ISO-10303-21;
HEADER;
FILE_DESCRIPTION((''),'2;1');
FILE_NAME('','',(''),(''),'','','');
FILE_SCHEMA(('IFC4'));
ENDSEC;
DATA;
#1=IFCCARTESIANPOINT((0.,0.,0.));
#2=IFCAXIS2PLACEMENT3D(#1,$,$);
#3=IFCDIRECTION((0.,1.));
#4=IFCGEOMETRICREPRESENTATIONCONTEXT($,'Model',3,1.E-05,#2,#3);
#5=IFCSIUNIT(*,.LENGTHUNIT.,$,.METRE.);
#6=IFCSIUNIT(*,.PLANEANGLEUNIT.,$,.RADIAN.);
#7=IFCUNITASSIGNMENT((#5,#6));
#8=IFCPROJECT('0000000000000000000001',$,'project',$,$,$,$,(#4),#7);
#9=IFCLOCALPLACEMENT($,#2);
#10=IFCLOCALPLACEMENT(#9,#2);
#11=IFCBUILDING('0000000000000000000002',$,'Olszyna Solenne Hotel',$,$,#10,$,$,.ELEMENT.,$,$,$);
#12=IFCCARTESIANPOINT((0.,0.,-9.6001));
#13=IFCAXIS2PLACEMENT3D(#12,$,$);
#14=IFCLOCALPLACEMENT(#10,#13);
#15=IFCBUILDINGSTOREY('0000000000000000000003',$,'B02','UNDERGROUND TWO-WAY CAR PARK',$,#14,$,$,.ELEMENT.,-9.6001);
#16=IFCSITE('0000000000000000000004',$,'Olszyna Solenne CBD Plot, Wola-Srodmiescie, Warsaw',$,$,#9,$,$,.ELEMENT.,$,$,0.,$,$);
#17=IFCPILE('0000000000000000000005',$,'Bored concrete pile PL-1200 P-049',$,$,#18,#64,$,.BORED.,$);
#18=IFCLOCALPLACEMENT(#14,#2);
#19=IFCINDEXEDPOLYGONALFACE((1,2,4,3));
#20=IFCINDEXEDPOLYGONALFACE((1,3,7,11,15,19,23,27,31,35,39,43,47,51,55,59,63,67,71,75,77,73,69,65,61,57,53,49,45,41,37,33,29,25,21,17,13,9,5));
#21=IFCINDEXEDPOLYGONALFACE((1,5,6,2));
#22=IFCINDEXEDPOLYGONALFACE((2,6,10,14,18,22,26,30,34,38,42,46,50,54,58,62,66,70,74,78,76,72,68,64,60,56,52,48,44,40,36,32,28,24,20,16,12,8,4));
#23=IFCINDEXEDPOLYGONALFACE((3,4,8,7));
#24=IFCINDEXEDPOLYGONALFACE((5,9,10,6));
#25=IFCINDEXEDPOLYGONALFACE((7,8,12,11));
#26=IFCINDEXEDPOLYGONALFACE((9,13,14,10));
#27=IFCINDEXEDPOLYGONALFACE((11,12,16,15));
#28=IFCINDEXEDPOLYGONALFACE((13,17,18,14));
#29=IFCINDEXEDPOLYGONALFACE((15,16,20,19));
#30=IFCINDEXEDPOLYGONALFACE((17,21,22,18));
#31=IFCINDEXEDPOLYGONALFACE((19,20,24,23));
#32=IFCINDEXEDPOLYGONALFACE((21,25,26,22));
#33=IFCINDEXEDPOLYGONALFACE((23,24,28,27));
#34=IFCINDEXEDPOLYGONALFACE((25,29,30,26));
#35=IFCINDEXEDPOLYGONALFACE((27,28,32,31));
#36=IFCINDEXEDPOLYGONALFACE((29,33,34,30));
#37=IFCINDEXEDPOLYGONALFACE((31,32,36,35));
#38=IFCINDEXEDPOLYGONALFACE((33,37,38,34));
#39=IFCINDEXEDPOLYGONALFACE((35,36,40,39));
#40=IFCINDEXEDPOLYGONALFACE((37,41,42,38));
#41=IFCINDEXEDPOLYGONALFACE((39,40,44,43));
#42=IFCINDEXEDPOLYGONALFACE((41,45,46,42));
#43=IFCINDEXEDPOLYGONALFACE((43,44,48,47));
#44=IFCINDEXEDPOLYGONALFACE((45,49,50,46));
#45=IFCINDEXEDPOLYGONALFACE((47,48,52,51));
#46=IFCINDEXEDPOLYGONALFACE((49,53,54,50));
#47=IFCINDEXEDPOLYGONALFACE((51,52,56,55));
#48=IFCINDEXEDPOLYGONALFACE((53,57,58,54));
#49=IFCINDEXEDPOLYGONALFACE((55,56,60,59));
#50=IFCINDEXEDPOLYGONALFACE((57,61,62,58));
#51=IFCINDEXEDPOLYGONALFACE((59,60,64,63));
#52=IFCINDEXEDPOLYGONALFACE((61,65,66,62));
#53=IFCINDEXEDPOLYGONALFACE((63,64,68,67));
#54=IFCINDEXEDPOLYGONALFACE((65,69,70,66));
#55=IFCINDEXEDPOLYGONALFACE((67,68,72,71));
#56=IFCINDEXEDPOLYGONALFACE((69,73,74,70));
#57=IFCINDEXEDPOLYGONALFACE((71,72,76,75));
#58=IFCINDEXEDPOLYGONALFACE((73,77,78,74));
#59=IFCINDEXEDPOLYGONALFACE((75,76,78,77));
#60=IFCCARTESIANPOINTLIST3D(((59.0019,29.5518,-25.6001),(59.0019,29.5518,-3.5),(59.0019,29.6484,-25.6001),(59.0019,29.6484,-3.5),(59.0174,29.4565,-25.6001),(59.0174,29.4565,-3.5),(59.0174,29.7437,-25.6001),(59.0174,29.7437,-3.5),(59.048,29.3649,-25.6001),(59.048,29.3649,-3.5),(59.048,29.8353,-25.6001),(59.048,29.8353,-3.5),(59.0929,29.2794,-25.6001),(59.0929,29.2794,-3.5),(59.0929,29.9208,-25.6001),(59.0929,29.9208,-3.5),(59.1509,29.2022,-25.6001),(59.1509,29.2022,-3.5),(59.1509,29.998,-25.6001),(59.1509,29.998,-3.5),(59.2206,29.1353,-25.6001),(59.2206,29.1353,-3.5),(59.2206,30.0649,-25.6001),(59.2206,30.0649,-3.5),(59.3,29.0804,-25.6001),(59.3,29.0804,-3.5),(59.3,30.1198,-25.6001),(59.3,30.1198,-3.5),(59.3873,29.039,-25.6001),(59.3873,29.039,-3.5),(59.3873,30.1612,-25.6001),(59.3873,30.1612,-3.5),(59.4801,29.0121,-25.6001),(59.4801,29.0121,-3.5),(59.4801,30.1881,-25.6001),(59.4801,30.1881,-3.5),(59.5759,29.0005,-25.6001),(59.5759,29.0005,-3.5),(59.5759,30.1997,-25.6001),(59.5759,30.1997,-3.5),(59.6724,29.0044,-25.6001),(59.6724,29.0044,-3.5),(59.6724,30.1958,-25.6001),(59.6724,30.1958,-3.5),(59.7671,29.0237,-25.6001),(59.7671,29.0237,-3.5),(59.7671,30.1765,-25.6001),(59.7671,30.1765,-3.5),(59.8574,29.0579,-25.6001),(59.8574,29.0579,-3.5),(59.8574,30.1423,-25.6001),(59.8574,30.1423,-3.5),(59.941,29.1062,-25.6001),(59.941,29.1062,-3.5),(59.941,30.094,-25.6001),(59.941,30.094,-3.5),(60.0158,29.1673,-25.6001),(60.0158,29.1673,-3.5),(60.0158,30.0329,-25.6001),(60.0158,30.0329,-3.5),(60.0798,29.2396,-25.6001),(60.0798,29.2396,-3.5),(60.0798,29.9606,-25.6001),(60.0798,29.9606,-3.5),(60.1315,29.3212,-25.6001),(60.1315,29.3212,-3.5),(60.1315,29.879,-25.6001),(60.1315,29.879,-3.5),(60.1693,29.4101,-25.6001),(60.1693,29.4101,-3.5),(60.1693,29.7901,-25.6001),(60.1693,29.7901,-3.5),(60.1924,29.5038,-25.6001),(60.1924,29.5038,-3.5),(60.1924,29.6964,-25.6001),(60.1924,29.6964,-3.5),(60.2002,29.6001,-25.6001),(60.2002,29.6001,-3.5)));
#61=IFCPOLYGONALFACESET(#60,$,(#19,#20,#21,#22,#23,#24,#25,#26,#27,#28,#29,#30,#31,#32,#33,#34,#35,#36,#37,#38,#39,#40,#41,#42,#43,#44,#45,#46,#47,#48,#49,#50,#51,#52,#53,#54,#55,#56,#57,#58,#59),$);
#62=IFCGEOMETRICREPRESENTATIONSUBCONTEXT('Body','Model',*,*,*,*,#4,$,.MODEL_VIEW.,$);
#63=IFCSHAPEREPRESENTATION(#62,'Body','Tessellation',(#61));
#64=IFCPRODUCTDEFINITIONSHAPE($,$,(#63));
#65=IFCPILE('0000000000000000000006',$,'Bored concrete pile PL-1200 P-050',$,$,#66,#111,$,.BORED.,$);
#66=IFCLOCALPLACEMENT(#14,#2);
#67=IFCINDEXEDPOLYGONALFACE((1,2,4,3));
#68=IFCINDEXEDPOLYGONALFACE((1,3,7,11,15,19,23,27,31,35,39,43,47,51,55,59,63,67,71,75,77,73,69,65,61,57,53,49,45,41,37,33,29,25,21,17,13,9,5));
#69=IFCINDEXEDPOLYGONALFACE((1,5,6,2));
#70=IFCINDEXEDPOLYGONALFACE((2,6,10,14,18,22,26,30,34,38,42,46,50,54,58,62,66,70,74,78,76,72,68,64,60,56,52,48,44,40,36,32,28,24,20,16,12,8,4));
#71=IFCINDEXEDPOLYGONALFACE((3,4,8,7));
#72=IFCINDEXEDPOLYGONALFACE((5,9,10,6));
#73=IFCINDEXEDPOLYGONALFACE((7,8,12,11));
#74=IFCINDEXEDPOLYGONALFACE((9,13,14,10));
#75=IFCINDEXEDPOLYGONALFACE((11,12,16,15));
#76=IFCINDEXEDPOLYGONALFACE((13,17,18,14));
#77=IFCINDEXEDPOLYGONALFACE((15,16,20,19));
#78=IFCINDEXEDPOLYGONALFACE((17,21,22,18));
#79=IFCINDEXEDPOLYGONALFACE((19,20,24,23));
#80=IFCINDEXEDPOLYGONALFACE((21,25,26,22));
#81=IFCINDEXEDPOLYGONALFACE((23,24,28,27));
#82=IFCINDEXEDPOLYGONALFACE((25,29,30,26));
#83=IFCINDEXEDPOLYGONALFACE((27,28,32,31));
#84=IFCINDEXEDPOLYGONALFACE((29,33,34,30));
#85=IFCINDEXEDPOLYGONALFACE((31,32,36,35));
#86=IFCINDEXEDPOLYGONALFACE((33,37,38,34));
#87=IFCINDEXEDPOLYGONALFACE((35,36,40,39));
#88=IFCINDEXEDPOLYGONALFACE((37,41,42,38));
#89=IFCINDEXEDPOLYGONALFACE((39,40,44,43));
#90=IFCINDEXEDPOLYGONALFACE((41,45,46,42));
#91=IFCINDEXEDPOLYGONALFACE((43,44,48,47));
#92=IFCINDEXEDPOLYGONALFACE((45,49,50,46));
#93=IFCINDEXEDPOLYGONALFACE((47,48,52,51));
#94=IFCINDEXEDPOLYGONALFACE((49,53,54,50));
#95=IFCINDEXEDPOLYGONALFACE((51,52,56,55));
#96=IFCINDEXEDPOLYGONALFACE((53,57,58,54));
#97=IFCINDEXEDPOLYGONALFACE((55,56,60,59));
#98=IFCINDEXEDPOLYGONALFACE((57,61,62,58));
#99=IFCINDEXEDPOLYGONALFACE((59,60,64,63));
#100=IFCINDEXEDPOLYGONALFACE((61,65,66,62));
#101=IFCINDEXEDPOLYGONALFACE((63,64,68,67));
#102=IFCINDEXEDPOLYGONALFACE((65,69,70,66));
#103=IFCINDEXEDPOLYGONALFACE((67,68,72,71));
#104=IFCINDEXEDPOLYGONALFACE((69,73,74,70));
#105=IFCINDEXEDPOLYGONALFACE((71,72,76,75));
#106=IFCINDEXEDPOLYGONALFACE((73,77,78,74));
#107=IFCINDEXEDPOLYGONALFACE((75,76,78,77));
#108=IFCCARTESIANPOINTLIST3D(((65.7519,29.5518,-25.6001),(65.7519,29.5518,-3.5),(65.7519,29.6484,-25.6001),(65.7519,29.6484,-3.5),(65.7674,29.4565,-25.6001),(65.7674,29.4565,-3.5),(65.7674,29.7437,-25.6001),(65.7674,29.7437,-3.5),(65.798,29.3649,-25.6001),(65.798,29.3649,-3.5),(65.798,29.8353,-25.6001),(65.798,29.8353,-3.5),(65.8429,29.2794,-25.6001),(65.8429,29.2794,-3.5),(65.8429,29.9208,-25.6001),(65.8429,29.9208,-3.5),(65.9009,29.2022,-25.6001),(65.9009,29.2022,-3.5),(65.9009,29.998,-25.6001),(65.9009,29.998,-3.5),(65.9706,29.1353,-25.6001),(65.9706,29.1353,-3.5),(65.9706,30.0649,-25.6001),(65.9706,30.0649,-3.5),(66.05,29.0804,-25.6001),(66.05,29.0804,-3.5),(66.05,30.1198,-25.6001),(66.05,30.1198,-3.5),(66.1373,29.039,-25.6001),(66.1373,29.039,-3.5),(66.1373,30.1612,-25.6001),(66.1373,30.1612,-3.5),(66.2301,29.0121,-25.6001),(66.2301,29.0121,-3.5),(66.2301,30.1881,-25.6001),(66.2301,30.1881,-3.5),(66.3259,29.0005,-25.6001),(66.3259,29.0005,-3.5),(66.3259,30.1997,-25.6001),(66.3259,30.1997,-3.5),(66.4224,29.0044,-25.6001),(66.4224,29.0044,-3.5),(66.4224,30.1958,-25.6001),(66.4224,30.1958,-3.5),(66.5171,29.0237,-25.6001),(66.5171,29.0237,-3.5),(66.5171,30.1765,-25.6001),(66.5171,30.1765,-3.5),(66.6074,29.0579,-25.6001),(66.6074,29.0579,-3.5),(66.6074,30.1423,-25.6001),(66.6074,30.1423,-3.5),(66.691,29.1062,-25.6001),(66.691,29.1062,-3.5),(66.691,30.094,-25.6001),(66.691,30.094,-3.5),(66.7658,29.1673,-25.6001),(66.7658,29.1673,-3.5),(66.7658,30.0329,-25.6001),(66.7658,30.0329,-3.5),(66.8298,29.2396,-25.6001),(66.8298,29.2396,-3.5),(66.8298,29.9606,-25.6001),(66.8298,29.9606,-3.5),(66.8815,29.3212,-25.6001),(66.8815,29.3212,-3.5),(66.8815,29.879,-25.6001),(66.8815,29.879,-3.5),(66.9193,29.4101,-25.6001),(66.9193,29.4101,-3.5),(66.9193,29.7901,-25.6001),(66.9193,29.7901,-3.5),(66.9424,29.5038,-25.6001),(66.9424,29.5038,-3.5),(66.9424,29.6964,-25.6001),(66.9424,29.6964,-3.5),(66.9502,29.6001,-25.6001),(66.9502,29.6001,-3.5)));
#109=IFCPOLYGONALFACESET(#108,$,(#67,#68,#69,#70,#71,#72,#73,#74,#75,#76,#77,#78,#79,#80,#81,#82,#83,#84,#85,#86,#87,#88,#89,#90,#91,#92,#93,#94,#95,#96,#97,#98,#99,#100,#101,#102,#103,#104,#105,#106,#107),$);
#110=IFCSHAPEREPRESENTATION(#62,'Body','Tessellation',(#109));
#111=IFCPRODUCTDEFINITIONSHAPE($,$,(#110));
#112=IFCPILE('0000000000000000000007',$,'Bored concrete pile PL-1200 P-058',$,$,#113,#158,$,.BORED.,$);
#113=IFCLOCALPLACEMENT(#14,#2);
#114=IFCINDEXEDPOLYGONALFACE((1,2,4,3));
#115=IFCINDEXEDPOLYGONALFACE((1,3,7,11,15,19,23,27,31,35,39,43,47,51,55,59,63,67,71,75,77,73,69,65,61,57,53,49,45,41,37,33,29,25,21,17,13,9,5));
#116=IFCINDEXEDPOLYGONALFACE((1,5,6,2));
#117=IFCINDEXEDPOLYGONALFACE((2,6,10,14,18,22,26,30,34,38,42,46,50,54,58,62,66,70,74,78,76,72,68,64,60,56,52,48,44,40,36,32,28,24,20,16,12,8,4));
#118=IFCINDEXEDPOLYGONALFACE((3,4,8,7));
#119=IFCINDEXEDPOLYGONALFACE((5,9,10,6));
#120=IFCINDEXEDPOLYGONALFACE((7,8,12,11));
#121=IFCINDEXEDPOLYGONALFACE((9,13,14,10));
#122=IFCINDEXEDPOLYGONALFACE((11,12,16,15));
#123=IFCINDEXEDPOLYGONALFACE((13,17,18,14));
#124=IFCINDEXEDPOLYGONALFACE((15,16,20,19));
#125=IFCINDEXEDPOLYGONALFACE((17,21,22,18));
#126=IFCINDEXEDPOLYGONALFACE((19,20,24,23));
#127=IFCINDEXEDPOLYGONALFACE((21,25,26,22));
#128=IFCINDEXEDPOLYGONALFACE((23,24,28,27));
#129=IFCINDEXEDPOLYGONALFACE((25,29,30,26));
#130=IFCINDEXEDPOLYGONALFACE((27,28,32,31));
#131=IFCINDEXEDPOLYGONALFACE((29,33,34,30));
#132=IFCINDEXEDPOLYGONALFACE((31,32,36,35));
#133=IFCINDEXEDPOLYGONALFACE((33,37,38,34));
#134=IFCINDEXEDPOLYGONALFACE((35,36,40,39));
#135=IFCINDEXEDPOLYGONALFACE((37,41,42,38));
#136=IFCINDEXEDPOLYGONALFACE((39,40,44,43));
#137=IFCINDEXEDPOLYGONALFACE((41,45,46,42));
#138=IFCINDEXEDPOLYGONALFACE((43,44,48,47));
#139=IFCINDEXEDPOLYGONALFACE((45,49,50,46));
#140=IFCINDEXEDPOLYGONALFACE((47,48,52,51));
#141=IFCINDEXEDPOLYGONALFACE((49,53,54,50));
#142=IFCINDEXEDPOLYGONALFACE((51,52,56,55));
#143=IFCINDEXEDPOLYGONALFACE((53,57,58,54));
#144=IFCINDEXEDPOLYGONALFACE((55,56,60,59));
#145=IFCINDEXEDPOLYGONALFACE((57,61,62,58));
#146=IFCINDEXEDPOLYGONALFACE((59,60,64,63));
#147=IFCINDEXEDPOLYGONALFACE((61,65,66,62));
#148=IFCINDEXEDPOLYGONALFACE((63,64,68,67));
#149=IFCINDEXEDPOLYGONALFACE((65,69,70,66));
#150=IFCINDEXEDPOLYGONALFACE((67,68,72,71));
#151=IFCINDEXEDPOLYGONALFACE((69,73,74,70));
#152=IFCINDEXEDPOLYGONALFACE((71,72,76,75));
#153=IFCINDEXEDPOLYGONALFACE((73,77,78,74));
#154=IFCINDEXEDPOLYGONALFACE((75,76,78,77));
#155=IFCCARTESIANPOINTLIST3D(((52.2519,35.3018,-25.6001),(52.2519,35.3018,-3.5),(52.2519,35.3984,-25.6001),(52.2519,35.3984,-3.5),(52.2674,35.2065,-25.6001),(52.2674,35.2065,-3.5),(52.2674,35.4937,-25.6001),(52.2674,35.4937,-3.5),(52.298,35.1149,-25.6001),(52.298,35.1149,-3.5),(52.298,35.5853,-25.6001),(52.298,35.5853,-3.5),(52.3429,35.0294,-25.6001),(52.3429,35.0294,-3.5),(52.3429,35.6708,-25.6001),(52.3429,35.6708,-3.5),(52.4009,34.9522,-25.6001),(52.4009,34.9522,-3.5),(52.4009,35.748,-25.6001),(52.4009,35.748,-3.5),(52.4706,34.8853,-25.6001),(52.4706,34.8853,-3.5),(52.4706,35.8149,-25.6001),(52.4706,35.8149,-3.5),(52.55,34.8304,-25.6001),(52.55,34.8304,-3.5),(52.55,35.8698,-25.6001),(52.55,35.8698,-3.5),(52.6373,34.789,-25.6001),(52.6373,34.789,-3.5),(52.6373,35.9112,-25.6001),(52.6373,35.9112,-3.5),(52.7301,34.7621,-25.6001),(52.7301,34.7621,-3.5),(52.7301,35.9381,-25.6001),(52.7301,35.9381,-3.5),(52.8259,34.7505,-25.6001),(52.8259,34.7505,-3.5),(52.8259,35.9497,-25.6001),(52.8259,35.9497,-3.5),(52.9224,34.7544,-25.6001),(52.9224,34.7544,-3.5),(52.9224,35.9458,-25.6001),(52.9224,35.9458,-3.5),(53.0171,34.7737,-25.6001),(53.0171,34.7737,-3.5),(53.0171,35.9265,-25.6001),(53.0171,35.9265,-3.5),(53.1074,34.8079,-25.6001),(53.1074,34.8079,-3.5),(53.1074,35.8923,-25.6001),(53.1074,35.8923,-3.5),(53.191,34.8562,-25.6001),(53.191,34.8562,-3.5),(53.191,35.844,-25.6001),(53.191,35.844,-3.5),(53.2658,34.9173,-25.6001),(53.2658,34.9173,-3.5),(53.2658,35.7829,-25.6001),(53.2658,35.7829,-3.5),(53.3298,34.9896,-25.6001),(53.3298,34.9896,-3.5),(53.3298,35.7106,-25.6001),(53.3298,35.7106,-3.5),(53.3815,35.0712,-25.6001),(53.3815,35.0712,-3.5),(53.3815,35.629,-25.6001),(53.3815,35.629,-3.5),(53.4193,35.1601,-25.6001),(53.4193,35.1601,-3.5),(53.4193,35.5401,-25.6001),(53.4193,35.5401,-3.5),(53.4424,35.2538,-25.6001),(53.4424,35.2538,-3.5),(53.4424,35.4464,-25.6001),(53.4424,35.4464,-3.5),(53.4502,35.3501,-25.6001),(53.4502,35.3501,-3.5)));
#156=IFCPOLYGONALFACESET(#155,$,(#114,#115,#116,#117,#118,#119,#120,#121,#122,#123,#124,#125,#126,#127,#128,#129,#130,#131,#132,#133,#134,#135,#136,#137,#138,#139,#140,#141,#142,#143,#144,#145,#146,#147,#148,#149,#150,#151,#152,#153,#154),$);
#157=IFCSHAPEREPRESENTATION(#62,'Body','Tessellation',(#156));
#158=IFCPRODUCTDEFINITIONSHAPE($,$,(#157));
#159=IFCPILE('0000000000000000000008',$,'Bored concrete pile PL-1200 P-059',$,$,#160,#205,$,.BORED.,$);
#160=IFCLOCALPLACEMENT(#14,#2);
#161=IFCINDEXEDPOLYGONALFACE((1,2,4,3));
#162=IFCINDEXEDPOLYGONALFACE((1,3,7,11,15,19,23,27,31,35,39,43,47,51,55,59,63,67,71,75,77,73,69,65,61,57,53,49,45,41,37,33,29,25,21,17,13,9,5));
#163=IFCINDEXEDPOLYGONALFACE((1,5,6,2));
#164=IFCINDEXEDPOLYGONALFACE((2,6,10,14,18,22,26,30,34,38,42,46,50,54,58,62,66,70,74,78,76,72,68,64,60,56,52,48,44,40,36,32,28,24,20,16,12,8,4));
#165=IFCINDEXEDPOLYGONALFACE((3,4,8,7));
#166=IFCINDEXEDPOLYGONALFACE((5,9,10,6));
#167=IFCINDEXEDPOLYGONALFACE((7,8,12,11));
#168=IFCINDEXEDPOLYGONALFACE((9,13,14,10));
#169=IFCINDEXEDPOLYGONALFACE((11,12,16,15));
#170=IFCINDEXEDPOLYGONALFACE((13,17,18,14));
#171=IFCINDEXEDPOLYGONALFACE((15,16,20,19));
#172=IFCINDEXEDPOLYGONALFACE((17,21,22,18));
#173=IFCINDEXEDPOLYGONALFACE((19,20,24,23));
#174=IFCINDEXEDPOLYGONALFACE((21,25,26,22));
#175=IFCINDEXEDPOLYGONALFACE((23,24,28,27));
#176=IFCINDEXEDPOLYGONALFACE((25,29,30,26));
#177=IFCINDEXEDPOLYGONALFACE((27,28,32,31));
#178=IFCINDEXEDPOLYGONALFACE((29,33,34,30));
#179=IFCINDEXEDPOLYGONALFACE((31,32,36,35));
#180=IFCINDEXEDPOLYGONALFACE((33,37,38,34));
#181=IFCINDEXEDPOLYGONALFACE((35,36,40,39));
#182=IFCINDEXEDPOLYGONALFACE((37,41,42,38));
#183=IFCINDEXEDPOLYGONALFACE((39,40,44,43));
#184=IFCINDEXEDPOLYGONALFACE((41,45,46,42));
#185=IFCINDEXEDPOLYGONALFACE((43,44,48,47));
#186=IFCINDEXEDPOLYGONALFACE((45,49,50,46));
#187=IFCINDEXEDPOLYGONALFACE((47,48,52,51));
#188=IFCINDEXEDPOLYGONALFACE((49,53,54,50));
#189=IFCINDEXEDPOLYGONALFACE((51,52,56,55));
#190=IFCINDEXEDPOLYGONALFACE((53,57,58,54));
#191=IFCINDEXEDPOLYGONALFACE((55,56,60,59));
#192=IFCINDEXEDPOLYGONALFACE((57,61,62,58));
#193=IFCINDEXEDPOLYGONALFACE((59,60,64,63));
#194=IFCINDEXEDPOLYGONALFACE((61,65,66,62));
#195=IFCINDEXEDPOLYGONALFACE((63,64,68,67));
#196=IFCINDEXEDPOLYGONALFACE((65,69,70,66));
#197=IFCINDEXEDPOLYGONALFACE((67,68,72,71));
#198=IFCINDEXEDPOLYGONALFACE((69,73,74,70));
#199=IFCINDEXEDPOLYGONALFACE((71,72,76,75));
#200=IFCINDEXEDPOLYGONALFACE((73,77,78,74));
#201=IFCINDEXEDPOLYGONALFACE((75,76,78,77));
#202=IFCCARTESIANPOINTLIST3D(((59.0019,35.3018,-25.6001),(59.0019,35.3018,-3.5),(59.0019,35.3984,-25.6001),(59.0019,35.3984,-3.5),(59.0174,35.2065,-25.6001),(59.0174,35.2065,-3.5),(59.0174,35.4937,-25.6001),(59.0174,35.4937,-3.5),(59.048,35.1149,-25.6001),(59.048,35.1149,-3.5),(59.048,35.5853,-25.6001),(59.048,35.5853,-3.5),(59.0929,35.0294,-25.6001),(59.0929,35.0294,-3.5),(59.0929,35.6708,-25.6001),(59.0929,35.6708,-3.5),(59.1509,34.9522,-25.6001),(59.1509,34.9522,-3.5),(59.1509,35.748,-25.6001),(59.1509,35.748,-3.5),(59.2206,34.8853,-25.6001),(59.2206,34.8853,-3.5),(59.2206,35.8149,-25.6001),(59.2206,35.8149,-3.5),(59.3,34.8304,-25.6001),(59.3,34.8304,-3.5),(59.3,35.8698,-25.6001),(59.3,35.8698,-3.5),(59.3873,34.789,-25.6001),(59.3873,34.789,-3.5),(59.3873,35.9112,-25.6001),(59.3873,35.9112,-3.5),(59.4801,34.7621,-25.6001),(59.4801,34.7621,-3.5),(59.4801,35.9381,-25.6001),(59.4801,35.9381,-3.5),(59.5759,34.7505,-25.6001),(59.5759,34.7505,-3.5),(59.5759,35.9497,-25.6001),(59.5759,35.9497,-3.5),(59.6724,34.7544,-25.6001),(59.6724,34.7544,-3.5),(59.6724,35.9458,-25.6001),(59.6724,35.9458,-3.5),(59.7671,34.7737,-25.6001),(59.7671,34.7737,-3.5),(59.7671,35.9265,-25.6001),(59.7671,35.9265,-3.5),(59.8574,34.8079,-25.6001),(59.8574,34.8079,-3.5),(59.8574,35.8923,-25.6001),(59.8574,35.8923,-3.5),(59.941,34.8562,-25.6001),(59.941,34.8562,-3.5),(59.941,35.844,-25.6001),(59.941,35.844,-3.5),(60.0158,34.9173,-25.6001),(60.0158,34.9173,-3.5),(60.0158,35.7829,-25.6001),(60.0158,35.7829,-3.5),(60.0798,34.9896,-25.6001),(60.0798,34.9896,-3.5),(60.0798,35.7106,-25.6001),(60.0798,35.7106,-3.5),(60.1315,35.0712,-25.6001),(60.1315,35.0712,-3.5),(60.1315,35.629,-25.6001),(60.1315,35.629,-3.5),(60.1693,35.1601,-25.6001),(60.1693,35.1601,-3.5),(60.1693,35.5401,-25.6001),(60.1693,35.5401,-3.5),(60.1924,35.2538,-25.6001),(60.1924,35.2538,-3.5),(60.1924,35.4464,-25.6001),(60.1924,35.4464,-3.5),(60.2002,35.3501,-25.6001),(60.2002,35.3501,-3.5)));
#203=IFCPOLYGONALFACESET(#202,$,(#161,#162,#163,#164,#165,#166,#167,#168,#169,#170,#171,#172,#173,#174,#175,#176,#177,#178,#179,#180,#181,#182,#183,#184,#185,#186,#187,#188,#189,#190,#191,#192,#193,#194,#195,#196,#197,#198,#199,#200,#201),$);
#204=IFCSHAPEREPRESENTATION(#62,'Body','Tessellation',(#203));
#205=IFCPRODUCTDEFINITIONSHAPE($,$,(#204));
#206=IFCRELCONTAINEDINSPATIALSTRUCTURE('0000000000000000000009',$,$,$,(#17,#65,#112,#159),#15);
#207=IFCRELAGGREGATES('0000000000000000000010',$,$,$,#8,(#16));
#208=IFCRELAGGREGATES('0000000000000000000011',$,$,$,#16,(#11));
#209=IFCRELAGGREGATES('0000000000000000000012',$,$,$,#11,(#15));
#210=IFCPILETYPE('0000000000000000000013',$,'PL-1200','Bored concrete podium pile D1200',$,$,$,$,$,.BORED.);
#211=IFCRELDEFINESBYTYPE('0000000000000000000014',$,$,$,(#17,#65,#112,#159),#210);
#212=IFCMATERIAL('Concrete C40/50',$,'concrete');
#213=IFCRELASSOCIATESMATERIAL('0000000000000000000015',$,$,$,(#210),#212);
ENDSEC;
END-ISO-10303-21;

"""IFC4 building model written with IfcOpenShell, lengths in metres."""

from ifc_helpers import new_model, si_unit, direction, frame, origin, origin_2d, place, context, subcontext, project, spatial, circle, extrude, source, transform, mapped, material, material_profile, profile_set, type_object, element, save


model = new_model("IFC4")

# Units and contexts
model_context = context("Model", 3, precision=1e-05, world=origin(), true_north=direction((0.0, 1.0)))
body_context = subcontext(model_context, "Body", "Model", "MODEL_VIEW")
ifc_project = project(units=[si_unit("LENGTHUNIT", "METRE"), si_unit("PLANEANGLEUNIT", "RADIAN")], contexts=[model_context])

# Site, building, storey
site_placement = place(None, origin())
site = spatial("IfcSite", under=ifc_project, at=site_placement, Name="Olszyna Solenne CBD Plot, Wola-Srodmiescie, Warsaw", CompositionType="ELEMENT", RefElevation=0.0)
building_placement = place(site_placement, origin())
building = spatial("IfcBuilding", under=site, at=building_placement, Name="Olszyna Solenne Hotel", CompositionType="ELEMENT")
storey_placement = place(building_placement, frame((0.0, 0.0, -9.6001)))
storey = spatial("IfcBuildingStorey", under=building, at=storey_placement, Name="B02", Description="UNDERGROUND TWO-WAY CAR PARK", CompositionType="ELEMENT", Elevation=-9.6001)

# Shared definitions
ifc_material_1 = material(Name="Concrete C40/50", Category="concrete")

# Piles
ifc_material_profile_1 = material_profile(ifc_material_1, circle(Radius=0.6001, at=origin_2d()), Name="BORED PILE 1200", Category="load-bearing")
ifc_profile_set_1 = profile_set([ifc_material_profile_1], Name="Concrete C40/50")
pile_type_1 = type_object("IfcPileType", Name="PL-1200", Description="Bored concrete podium pile D1200", PredefinedType="BORED", material=ifc_profile_set_1)
shared_shape_1 = source(origin(), body_context, "Body", "SweptSolid", [
    extrude(circle(Radius=0.6001, at=origin_2d()), origin(), (0.0, 0.0, 1.0), 22.1001),
])
for number, where, z_axis, x_axis, name in (
    (1, (59.6001, 29.6001, -3.5), (0.0, 0.0, -1.0), (1.0, 0.0, 0.0), "Bored concrete pile PL-1200 P-049"),
    (2, (66.3501, 29.6001, -3.5), (0.0, 0.0, -1.0), (1.0, 0.0, 0.0), "Bored concrete pile PL-1200 P-050"),
    (3, (52.8501, 35.3501, -3.5), (0.0, 0.0, -1.0), (1.0, 0.0, 0.0), "Bored concrete pile PL-1200 P-058"),
    (4, (59.6001, 35.3501, -3.5), (0.0, 0.0, -1.0), (1.0, 0.0, 0.0), "Bored concrete pile PL-1200 P-059"),
):
    element("IfcPile", number, at=place(storey_placement, frame(where, z_axis=z_axis, x_axis=x_axis)), inside=storey, type_object=pile_type_1, Name=name, PredefinedType="BORED", context=body_context, shape_type="MappedRepresentation", body=[
        mapped(shared_shape_1, transform((0.0, 0.0, 0.0), x_axis=(1.0, 0.0, 0.0), y_axis=(0.0, 1.0, 0.0), z_axis=(0.0, 0.0, 1.0), scale=1.0)),
    ])

save(model, "model.ifc")
